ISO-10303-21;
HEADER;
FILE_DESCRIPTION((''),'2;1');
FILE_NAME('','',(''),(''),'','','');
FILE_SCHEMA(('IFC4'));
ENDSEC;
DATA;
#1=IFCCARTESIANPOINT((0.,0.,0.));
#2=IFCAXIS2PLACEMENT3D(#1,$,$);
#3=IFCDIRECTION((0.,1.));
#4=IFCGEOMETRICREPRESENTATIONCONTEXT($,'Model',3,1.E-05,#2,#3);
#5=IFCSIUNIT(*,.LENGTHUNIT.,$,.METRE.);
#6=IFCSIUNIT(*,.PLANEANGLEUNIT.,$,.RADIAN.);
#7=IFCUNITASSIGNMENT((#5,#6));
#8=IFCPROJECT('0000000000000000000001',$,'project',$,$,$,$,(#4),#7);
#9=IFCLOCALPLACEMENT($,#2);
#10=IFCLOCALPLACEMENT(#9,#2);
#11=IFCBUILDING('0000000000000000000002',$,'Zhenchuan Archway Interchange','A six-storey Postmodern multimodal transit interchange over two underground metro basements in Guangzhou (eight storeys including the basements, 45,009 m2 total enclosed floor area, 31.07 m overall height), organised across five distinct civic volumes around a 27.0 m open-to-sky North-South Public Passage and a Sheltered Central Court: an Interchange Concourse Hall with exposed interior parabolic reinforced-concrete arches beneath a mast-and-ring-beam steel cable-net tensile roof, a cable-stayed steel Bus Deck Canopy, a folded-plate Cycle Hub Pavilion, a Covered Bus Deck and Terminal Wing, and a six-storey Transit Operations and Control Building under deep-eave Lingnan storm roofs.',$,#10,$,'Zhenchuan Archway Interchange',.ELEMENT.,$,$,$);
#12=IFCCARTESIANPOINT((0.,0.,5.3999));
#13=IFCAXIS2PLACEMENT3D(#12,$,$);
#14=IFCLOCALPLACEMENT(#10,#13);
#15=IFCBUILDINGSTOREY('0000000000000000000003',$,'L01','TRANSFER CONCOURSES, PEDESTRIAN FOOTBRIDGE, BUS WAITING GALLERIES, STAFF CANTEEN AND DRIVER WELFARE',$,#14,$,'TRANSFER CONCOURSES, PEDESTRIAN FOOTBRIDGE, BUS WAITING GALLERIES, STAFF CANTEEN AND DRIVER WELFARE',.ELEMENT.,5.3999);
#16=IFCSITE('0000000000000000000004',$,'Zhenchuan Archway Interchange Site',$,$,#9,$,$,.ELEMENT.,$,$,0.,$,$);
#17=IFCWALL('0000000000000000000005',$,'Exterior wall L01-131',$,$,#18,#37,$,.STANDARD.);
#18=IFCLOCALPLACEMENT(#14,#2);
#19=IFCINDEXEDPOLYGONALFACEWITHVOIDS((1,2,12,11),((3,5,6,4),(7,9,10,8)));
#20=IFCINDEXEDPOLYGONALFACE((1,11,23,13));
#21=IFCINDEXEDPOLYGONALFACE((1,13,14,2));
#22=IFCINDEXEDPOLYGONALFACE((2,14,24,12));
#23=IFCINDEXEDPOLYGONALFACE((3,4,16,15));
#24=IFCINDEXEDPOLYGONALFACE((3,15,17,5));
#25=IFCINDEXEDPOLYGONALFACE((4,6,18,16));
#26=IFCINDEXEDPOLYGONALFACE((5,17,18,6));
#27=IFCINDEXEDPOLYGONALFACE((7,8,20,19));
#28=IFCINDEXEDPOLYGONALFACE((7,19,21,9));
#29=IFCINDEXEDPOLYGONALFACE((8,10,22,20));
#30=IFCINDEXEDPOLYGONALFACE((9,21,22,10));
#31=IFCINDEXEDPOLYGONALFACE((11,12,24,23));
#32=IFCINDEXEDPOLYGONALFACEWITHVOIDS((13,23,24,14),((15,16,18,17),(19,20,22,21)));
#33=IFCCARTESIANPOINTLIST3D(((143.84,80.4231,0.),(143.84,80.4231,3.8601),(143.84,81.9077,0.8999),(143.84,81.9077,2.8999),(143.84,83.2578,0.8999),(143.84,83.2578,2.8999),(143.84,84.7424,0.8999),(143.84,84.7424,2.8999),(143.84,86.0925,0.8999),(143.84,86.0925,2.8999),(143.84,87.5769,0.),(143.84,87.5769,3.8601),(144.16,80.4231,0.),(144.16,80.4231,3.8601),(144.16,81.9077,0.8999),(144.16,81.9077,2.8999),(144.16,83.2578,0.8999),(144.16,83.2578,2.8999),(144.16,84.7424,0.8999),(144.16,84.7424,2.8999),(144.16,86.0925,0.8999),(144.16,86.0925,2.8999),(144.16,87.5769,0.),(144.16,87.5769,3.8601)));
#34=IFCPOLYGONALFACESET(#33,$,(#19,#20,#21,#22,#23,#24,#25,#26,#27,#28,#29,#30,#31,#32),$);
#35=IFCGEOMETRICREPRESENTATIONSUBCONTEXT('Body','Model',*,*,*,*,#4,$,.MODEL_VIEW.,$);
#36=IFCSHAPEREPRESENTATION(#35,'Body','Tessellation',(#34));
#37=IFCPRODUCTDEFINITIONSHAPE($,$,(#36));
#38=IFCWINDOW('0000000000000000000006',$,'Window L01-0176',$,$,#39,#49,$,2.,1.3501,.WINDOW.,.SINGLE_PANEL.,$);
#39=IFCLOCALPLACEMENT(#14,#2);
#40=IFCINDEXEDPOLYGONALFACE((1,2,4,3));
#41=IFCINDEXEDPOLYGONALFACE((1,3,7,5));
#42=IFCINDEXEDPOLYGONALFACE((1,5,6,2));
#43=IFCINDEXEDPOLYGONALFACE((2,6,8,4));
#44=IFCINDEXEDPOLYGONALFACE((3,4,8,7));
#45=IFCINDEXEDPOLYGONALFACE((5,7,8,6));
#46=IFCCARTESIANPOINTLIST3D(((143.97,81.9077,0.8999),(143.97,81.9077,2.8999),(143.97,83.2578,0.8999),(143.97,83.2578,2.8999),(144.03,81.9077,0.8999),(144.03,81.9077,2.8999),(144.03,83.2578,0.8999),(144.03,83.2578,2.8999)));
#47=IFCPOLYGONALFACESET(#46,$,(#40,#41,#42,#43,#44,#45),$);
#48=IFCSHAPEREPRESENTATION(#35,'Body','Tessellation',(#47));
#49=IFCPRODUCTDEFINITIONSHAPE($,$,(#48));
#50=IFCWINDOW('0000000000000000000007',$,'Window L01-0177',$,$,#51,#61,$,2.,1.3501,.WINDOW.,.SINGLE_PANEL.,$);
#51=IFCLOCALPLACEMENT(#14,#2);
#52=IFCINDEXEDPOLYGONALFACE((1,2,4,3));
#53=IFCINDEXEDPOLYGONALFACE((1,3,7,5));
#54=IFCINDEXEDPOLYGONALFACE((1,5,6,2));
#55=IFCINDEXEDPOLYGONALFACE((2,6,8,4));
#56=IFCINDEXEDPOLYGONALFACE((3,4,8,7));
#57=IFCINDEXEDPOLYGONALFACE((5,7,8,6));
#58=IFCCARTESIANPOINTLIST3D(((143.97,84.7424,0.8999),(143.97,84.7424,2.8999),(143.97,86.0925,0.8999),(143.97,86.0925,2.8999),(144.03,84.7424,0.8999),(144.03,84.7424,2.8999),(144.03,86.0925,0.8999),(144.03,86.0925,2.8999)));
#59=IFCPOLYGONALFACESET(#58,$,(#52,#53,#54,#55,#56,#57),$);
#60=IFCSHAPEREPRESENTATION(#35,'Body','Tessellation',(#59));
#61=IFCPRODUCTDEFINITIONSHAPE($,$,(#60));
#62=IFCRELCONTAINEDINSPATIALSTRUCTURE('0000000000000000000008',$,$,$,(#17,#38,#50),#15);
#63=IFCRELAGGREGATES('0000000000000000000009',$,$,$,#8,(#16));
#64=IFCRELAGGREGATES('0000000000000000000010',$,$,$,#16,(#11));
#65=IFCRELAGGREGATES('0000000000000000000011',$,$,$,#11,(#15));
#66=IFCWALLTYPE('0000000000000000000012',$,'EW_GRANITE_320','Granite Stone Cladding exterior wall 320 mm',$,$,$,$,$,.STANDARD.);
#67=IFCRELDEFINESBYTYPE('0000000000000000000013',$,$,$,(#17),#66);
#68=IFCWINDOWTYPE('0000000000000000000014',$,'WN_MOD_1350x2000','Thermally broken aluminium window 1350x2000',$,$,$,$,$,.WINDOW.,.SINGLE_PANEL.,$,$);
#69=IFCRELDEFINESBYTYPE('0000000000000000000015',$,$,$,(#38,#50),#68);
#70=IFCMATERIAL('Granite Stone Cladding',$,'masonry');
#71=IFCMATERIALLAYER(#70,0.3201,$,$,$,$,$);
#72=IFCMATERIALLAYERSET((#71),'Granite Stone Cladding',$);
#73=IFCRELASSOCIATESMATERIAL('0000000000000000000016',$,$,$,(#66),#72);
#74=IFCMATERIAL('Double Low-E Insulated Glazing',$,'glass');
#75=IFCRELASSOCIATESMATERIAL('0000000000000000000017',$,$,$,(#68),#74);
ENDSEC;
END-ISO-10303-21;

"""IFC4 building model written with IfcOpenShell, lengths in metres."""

from ifc_helpers import new_model, si_unit, direction, frame, frame_2d, origin, place, context, subcontext, project, spatial, rectangle, extrude, material, layer, layer_set, type_object, element, fill, save


model = new_model("IFC4")

# Units and contexts
model_context = context("Model", 3, precision=1e-05, world=origin(), true_north=direction((0.0, 1.0)))
body_context = subcontext(model_context, "Body", "Model", "MODEL_VIEW")
ifc_project = project(units=[si_unit("LENGTHUNIT", "METRE"), si_unit("PLANEANGLEUNIT", "RADIAN")], contexts=[model_context])

# Site, building, storey
site_placement = place(None, origin())
site = spatial("IfcSite", under=ifc_project, at=site_placement, Name="Zhenchuan Archway Interchange Site", CompositionType="ELEMENT", RefElevation=0.0)
building_placement = place(site_placement, origin())
building = spatial("IfcBuilding", under=site, at=building_placement, Name="Zhenchuan Archway Interchange", Description="A six-storey Postmodern multimodal transit interchange over two underground metro basements in Guangzhou (eight storeys including the basements, 45,009 m2 total enclosed floor area, 31.07 m overall height), organised across five distinct civic volumes around a 27.0 m open-to-sky North-South Public Passage and a Sheltered Central Court: an Interchange Concourse Hall with exposed interior parabolic reinforced-concrete arches beneath a mast-and-ring-beam steel cable-net tensile roof, a cable-stayed steel Bus Deck Canopy, a folded-plate Cycle Hub Pavilion, a Covered Bus Deck and Terminal Wing, and a six-storey Transit Operations and Control Building under deep-eave Lingnan storm roofs.", LongName="Zhenchuan Archway Interchange", CompositionType="ELEMENT")
storey_placement = place(building_placement, frame((0.0, 0.0, 5.3999)))
storey = spatial("IfcBuildingStorey", under=building, at=storey_placement, Name="L01", Description="TRANSFER CONCOURSES, PEDESTRIAN FOOTBRIDGE, BUS WAITING GALLERIES, STAFF CANTEEN AND DRIVER WELFARE", LongName="TRANSFER CONCOURSES, PEDESTRIAN FOOTBRIDGE, BUS WAITING GALLERIES, STAFF CANTEEN AND DRIVER WELFARE", CompositionType="ELEMENT", Elevation=5.3999)

# Shared definitions
ifc_material_1 = material(Name="Double Low-E Insulated Glazing", Category="glass")

# Wall, openings, windows
ifc_material_2 = material(Name="Granite Stone Cladding", Category="masonry")
ifc_layer_1 = layer(ifc_material_2, 0.3201)
ifc_layer_set_1 = layer_set([ifc_layer_1], Name="Granite Stone Cladding")
wall_type = type_object("IfcWallType", Name="EW_GRANITE_320", Description="Granite Stone Cladding exterior wall 320 mm", PredefinedType="STANDARD", material=ifc_layer_set_1)
wall_placement = place(storey_placement, frame((144.0, 80.4231, 0.0), z_axis=(0.0, 0.0, 1.0), x_axis=(0.0, 1.0, 0.0)))
wall = element("IfcWall", 1, at=wall_placement, inside=storey, type_object=wall_type, Name="Exterior wall L01-131", PredefinedType="STANDARD", context=body_context, shape_type="SweptSolid", body=[
    extrude(rectangle(XDim=7.1538, YDim=0.3201, at=frame_2d((3.5769, 0.0))), origin(), (0.0, 0.0, 1.0), 3.8601),
])
opening_1_placement = place(wall_placement, frame((1.4846, 0.0, 0.8999)))
opening_1 = element("IfcOpeningElement", 2, at=opening_1_placement, cuts=wall, PredefinedType="OPENING", context=body_context, shape_type="SweptSolid", body=[
    extrude(rectangle(XDim=1.3501, YDim=2.0, at=frame_2d((0.675, 1.0))), frame((0.0, 0.1719, 0.0), z_axis=(0.0, -1.0, 0.0), x_axis=(1.0, 0.0, 0.0)), (0.0, 0.0, 1.0), 0.344),
])
opening_2_placement = place(wall_placement, frame((4.3193, 0.0, 0.8999)))
opening_2 = element("IfcOpeningElement", 3, at=opening_2_placement, cuts=wall, PredefinedType="OPENING", context=body_context, shape_type="SweptSolid", body=[
    extrude(rectangle(XDim=1.3501, YDim=2.0, at=frame_2d((0.675, 1.0))), frame((0.0, 0.1719, 0.0), z_axis=(0.0, -1.0, 0.0), x_axis=(1.0, 0.0, 0.0)), (0.0, 0.0, 1.0), 0.344),
])
window_type = type_object("IfcWindowType", Name="WN_MOD_1350x2000", Description="Thermally broken aluminium window 1350x2000", PartitioningType="SINGLE_PANEL", PredefinedType="WINDOW", material=ifc_material_1)
window_1_placement = place(opening_1_placement, origin())
window_1 = element("IfcWindow", 4, at=window_1_placement, inside=storey, type_object=window_type, Name="Window L01-0176", OverallHeight=2.0, OverallWidth=1.3501, PartitioningType="SINGLE_PANEL", PredefinedType="WINDOW", context=body_context, shape_type="SweptSolid", body=[
    extrude(rectangle(XDim=1.3501, YDim=2.0, at=frame_2d((0.675, 1.0))), frame((0.0, 0.03, 0.0), z_axis=(0.0, -1.0, 0.0), x_axis=(1.0, 0.0, 0.0)), (0.0, 0.0, 1.0), 0.0601),
])
fill(opening_1, window_1)
window_2_placement = place(opening_2_placement, origin())
window_2 = element("IfcWindow", 5, at=window_2_placement, inside=storey, type_object=window_type, Name="Window L01-0177", OverallHeight=2.0, OverallWidth=1.3501, PartitioningType="SINGLE_PANEL", PredefinedType="WINDOW", context=body_context, shape_type="SweptSolid", body=[
    extrude(rectangle(XDim=1.3501, YDim=2.0, at=frame_2d((0.675, 1.0))), frame((0.0, 0.03, 0.0), z_axis=(0.0, -1.0, 0.0), x_axis=(1.0, 0.0, 0.0)), (0.0, 0.0, 1.0), 0.0601),
])
fill(opening_2, window_2)

save(model, "model.ifc")
